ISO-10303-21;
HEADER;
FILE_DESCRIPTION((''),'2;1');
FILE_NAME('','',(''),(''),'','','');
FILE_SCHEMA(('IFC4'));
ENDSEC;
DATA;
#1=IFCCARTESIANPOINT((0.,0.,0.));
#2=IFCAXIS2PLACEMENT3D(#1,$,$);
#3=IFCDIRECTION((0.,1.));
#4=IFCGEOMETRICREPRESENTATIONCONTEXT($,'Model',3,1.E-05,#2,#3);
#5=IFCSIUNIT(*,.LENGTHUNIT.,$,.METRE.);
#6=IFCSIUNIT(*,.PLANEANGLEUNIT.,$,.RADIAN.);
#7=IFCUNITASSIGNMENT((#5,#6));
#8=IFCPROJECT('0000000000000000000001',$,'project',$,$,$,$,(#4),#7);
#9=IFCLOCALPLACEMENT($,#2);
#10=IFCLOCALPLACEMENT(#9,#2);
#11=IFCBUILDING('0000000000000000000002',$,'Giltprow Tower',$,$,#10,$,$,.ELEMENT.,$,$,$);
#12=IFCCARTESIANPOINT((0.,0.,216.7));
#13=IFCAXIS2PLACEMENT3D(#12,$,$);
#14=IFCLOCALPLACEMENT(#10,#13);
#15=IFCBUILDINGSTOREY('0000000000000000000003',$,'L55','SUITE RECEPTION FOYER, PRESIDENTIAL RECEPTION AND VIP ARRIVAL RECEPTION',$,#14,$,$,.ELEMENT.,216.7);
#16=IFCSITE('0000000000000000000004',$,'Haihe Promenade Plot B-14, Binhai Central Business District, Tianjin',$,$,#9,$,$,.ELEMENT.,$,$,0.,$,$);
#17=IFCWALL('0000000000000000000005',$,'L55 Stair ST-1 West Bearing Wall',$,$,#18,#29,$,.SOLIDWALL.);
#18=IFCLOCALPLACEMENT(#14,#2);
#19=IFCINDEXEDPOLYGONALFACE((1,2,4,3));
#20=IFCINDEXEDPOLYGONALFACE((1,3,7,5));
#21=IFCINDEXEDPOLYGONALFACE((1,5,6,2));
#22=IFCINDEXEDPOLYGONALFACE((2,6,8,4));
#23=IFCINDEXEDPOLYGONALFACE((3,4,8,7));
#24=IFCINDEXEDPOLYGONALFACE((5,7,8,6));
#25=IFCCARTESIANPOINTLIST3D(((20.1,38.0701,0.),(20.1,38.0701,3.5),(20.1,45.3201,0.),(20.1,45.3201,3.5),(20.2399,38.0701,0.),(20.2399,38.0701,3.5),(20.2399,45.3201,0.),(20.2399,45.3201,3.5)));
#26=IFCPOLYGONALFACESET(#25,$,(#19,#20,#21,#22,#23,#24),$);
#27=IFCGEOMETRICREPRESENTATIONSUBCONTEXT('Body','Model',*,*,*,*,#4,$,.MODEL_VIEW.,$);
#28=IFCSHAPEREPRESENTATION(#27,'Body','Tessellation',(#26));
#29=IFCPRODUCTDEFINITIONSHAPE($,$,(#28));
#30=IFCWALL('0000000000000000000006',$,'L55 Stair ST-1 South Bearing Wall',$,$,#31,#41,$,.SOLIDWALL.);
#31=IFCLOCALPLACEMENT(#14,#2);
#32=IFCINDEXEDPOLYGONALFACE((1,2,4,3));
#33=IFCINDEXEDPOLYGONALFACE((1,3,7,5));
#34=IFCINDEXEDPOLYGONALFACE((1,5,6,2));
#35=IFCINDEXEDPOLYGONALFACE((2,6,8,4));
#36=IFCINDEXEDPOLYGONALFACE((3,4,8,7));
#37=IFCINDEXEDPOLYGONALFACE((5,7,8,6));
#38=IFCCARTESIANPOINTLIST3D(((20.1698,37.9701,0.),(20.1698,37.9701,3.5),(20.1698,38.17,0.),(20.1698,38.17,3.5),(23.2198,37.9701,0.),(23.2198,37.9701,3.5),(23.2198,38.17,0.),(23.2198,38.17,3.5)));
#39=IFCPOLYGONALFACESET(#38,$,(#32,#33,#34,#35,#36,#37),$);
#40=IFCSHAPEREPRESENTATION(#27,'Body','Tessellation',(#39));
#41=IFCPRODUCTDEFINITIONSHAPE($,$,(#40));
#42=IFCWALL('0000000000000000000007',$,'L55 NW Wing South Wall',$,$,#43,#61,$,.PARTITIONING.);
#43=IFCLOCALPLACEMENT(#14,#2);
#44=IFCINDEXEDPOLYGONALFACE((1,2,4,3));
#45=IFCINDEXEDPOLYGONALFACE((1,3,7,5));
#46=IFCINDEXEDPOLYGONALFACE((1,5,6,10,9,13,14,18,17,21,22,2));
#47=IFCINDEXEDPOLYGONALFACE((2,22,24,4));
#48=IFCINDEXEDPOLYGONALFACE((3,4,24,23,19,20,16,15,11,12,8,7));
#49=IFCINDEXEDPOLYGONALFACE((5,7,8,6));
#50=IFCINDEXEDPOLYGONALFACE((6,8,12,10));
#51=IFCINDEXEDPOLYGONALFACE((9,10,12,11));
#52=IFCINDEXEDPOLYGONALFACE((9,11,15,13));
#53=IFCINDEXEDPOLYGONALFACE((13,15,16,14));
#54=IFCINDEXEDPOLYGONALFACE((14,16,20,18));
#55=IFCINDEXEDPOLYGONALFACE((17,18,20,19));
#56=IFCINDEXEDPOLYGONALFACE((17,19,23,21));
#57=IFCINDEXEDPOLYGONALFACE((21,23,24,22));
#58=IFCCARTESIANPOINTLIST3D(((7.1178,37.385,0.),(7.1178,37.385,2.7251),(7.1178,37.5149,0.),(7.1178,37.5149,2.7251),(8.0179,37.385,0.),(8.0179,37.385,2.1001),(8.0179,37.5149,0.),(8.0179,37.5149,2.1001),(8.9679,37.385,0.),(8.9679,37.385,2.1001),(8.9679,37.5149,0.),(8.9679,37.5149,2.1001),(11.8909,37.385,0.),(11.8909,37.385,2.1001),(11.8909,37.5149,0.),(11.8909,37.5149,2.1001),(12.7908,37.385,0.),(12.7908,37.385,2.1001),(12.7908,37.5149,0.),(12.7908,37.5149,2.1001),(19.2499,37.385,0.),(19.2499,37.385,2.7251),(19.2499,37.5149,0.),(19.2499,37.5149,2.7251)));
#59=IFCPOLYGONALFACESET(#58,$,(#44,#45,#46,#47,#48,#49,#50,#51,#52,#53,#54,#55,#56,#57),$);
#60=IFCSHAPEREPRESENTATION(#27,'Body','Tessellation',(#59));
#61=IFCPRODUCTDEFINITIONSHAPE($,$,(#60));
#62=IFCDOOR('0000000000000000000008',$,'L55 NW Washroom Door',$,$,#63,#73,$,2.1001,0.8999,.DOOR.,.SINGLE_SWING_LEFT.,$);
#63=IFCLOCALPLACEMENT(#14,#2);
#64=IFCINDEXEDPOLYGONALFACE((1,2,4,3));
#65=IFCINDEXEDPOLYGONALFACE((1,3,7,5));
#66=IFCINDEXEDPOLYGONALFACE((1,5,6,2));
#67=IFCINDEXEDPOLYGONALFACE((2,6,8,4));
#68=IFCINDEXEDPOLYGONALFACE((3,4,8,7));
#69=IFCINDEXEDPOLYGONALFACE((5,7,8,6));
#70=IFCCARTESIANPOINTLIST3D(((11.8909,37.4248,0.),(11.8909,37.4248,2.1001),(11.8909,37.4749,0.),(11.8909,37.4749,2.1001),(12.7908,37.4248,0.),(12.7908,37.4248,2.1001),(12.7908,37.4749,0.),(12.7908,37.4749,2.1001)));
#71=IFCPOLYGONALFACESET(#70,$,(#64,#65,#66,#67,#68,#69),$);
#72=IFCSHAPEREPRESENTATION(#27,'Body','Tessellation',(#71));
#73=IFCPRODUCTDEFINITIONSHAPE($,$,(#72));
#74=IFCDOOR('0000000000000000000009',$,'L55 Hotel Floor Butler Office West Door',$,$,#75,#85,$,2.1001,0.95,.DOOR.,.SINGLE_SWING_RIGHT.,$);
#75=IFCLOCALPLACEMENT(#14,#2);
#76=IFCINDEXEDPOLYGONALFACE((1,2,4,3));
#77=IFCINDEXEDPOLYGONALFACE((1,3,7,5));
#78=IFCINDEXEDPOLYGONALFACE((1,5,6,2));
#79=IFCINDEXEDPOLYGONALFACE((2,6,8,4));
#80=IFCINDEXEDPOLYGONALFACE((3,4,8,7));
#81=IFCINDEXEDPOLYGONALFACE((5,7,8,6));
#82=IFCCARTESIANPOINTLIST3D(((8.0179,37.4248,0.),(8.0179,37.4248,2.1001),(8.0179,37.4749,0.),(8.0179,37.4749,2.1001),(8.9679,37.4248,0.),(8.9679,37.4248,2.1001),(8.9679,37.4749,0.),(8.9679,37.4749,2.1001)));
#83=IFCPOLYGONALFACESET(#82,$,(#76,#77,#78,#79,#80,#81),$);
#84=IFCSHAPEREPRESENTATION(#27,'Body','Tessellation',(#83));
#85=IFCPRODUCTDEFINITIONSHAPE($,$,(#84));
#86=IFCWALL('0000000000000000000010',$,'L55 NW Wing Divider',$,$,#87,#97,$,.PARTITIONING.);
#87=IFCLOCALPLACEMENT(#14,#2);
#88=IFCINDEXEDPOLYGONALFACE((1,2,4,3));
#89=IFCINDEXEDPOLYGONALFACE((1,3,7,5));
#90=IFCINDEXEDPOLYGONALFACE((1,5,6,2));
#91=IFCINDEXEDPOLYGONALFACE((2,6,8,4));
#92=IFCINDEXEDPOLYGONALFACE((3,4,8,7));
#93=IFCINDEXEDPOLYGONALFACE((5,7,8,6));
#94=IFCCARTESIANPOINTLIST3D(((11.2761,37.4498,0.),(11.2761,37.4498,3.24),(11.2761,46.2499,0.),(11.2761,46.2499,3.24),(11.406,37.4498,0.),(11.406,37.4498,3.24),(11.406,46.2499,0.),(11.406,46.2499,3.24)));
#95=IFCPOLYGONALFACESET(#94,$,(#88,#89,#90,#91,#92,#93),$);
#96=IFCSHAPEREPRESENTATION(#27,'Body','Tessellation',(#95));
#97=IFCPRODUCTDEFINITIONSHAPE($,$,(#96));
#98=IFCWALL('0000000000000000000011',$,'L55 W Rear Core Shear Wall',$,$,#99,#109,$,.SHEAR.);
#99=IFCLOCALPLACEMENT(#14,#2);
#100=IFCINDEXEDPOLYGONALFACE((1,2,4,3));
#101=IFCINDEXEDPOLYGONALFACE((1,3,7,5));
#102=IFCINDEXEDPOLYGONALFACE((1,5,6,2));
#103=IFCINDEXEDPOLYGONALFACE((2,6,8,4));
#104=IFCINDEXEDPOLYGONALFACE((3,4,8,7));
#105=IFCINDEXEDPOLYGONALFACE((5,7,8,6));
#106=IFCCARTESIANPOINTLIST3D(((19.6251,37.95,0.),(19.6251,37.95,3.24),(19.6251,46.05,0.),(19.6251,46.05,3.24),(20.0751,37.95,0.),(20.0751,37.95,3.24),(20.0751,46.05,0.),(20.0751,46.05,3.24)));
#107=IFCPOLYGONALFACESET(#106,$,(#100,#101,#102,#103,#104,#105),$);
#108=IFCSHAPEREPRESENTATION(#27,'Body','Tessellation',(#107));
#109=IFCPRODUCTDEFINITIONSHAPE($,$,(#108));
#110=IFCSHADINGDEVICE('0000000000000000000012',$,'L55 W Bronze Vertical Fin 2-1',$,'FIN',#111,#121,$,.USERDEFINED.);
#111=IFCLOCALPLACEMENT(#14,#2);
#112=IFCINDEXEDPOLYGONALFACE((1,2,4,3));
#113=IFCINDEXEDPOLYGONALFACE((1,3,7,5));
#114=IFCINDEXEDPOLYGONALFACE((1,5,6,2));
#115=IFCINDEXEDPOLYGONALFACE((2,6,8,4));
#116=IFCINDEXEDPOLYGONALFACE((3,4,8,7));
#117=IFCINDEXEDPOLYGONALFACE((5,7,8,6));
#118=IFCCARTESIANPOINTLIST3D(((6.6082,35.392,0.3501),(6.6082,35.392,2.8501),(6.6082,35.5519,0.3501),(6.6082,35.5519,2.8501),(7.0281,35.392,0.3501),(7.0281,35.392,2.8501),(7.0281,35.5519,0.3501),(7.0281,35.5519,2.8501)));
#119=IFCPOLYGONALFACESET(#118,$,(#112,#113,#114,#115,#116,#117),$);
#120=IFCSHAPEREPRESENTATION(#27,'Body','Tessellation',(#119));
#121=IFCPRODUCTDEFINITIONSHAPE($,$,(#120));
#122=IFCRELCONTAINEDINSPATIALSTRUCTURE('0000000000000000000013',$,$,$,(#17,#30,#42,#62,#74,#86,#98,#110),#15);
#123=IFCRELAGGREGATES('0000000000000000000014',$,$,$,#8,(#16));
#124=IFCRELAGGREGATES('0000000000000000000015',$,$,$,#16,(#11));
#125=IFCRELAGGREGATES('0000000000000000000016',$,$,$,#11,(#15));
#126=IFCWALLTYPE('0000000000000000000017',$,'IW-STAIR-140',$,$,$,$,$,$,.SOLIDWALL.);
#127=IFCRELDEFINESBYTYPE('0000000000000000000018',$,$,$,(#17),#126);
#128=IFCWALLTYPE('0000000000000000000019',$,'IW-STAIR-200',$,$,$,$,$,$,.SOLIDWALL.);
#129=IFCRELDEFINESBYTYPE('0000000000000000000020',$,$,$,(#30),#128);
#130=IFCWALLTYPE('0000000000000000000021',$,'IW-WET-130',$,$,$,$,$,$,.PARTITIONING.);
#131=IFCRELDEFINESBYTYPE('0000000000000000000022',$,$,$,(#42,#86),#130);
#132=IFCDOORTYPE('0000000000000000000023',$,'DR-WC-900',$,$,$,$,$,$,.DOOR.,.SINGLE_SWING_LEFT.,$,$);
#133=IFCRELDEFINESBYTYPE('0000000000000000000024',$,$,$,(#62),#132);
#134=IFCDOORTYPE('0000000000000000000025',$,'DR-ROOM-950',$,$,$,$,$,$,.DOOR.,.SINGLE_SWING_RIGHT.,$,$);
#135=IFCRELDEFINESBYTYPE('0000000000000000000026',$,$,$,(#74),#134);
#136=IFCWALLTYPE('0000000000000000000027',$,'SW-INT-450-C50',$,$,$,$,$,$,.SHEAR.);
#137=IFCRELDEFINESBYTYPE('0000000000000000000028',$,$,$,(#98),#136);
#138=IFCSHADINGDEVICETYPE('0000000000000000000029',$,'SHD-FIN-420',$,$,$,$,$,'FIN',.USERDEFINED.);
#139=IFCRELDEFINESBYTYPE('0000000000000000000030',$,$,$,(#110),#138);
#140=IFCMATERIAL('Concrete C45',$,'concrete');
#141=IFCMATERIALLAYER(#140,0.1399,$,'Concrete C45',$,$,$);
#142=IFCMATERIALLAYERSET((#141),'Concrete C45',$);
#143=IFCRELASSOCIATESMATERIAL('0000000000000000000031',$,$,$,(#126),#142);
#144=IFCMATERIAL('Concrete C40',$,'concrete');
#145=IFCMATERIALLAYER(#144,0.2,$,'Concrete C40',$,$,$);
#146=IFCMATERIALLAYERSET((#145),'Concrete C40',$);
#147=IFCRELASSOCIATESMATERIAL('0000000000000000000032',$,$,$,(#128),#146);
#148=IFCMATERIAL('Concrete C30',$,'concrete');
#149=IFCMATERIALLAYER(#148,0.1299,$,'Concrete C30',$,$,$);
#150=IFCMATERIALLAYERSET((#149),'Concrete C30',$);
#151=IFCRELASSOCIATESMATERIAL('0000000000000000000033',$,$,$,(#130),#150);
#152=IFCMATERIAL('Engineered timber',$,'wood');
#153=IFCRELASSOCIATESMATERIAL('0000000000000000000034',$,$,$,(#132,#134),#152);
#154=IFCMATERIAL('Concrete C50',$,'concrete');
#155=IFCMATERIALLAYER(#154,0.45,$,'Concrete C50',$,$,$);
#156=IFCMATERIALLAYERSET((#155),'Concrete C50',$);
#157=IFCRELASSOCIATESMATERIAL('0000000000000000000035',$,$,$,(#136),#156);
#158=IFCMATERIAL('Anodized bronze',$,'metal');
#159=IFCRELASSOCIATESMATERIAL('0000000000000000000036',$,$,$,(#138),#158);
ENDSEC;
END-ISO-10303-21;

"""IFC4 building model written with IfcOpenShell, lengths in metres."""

from ifc_helpers import new_model, si_unit, direction, frame, frame_2d, origin, origin_2d, place, context, subcontext, project, spatial, rectangle, extrude, source, transform, mapped, material, layer, layer_set, type_object, element, fill, save


model = new_model("IFC4")

# Units and contexts
model_context = context("Model", 3, precision=1e-05, world=origin(), true_north=direction((0.0, 1.0)))
body_context = subcontext(model_context, "Body", "Model", "MODEL_VIEW")
ifc_project = project(units=[si_unit("LENGTHUNIT", "METRE"), si_unit("PLANEANGLEUNIT", "RADIAN")], contexts=[model_context])

# Site, building, storey
site_placement = place(None, origin())
site = spatial("IfcSite", under=ifc_project, at=site_placement, Name="Haihe Promenade Plot B-14, Binhai Central Business District, Tianjin", CompositionType="ELEMENT", RefElevation=0.0)
building_placement = place(site_placement, origin())
building = spatial("IfcBuilding", under=site, at=building_placement, Name="Giltprow Tower", CompositionType="ELEMENT")
storey_placement = place(building_placement, frame((0.0, 0.0, 216.7)))
storey = spatial("IfcBuildingStorey", under=building, at=storey_placement, Name="L55", Description="SUITE RECEPTION FOYER, PRESIDENTIAL RECEPTION AND VIP ARRIVAL RECEPTION", CompositionType="ELEMENT", Elevation=216.7)

# Shared definitions
ifc_material_1 = material(Name="Concrete C50", Category="concrete")

# Shared definitions
ifc_material_2 = material(Name="Engineered timber", Category="wood")

# Walls
ifc_material_3 = material(Name="Concrete C45", Category="concrete")
ifc_layer_1 = layer(ifc_material_3, 0.1399, Name="Concrete C45")
ifc_layer_set_1 = layer_set([ifc_layer_1], Name="Concrete C45")
wall_type_1 = type_object("IfcWallType", Name="IW-STAIR-140", PredefinedType="SOLIDWALL", material=ifc_layer_set_1)
wall_1_placement = place(storey_placement, frame((20.1699, 38.0701, 0.0), z_axis=(0.0, 0.0, 1.0), x_axis=(0.0, 1.0, 0.0)))
element("IfcWall", 1, at=wall_1_placement, inside=storey, type_object=wall_type_1, Name="L55 Stair ST-1 West Bearing Wall", PredefinedType="SOLIDWALL", context=body_context, shape_type="SweptSolid", body=[
    extrude(rectangle(XDim=7.25, YDim=0.1399, at=frame_2d((3.625, 0.0))), origin(), (0.0, 0.0, 1.0), 3.5),
])
ifc_material_4 = material(Name="Concrete C40", Category="concrete")
ifc_layer_2 = layer(ifc_material_4, 0.2, Name="Concrete C40")
ifc_layer_set_2 = layer_set([ifc_layer_2], Name="Concrete C40")
wall_type_2 = type_object("IfcWallType", Name="IW-STAIR-200", PredefinedType="SOLIDWALL", material=ifc_layer_set_2)
wall_2_placement = place(storey_placement, frame((20.1699, 38.0701, 0.0), z_axis=(0.0, 0.0, 1.0), x_axis=(1.0, 0.0, 0.0)))
element("IfcWall", 2, at=wall_2_placement, inside=storey, type_object=wall_type_2, Name="L55 Stair ST-1 South Bearing Wall", PredefinedType="SOLIDWALL", context=body_context, shape_type="SweptSolid", body=[
    extrude(rectangle(XDim=3.05, YDim=0.2, at=frame_2d((1.5249, 0.0))), origin(), (0.0, 0.0, 1.0), 3.5),
])

# Wall, openings, doors
ifc_material_5 = material(Name="Concrete C30", Category="concrete")
ifc_layer_3 = layer(ifc_material_5, 0.1299, Name="Concrete C30")
ifc_layer_set_3 = layer_set([ifc_layer_3], Name="Concrete C30")
wall_type_3 = type_object("IfcWallType", Name="IW-WET-130", PredefinedType="PARTITIONING", material=ifc_layer_set_3)
wall_3_placement = place(storey_placement, frame((7.1179, 37.45, 0.0), z_axis=(0.0, 0.0, 1.0), x_axis=(1.0, 0.0, 0.0)))
wall_3 = element("IfcWall", 3, at=wall_3_placement, inside=storey, type_object=wall_type_3, Name="L55 NW Wing South Wall", PredefinedType="PARTITIONING", context=body_context, shape_type="SweptSolid", body=[
    extrude(rectangle(XDim=12.1321, YDim=0.1299, at=frame_2d((6.0659, 0.0))), origin(), (0.0, 0.0, 1.0), 2.7251),
])
opening_1_placement = place(wall_3_placement, frame((0.8999, 0.0, 0.0)))
opening_1 = element("IfcOpeningElement", 4, at=opening_1_placement, cuts=wall_3, PredefinedType="OPENING", context=body_context, shape_type="SweptSolid", body=[
    extrude(rectangle(XDim=0.95, YDim=2.1001, at=frame_2d((0.4751, 1.05))), frame((0.0, 0.075, 0.0), z_axis=(0.0, -1.0, 0.0), x_axis=(1.0, 0.0, 0.0)), (0.0, 0.0, 1.0), 0.1499),
])
opening_2_placement = place(wall_3_placement, frame((4.7729, 0.0, 0.0)))
opening_2 = element("IfcOpeningElement", 5, at=opening_2_placement, cuts=wall_3, PredefinedType="OPENING", context=body_context, shape_type="SweptSolid", body=[
    extrude(rectangle(XDim=0.8999, YDim=2.1001, at=frame_2d((0.45, 1.05))), frame((0.0, 0.075, 0.0), z_axis=(0.0, -1.0, 0.0), x_axis=(1.0, 0.0, 0.0)), (0.0, 0.0, 1.0), 0.1499),
])
door_type_1 = type_object("IfcDoorType", Name="DR-WC-900", OperationType="SINGLE_SWING_LEFT", PredefinedType="DOOR", material=ifc_material_2)
shared_shape_1 = source(origin(), body_context, "Body", "SweptSolid", [
    extrude(rectangle(XDim=0.8999, YDim=2.1001, at=frame_2d((0.45, 1.05))), frame((0.0, 0.0249, 0.0), z_axis=(0.0, -1.0, 0.0), x_axis=(1.0, 0.0, 0.0)), (0.0, 0.0, 1.0), 0.05),
])
door_1_placement = place(opening_2_placement, origin())
door_1 = element("IfcDoor", 6, at=door_1_placement, inside=storey, type_object=door_type_1, Name="L55 NW Washroom Door", OperationType="SINGLE_SWING_LEFT", OverallHeight=2.1001, OverallWidth=0.8999, PredefinedType="DOOR", context=body_context, shape_type="MappedRepresentation", body=[
    mapped(shared_shape_1, transform((0.0, 0.0, 0.0), x_axis=(1.0, 0.0, 0.0), y_axis=(0.0, 1.0, 0.0), z_axis=(0.0, 0.0, 1.0), scale=1.0)),
])
fill(opening_2, door_1)
door_type_2 = type_object("IfcDoorType", Name="DR-ROOM-950", OperationType="SINGLE_SWING_RIGHT", PredefinedType="DOOR", material=ifc_material_2)
shared_shape_2 = source(origin(), body_context, "Body", "SweptSolid", [
    extrude(rectangle(XDim=0.95, YDim=2.1001, at=frame_2d((0.4751, 1.05))), frame((0.0, 0.0249, 0.0), z_axis=(0.0, -1.0, 0.0), x_axis=(1.0, 0.0, 0.0)), (0.0, 0.0, 1.0), 0.05),
])
door_2_placement = place(opening_1_placement, origin())
door_2 = element("IfcDoor", 7, at=door_2_placement, inside=storey, type_object=door_type_2, Name="L55 Hotel Floor Butler Office West Door", OperationType="SINGLE_SWING_RIGHT", OverallHeight=2.1001, OverallWidth=0.95, PredefinedType="DOOR", context=body_context, shape_type="MappedRepresentation", body=[
    mapped(shared_shape_2, transform((0.0, 0.0, 0.0), x_axis=(1.0, 0.0, 0.0), y_axis=(0.0, 1.0, 0.0), z_axis=(0.0, 0.0, 1.0), scale=1.0)),
])
fill(opening_1, door_2)

# Wall
wall_4_placement = place(storey_placement, frame((11.3411, 37.45, 0.0), z_axis=(0.0, 0.0, 1.0), x_axis=(0.0, 1.0, 0.0)))
element("IfcWall", 8, at=wall_4_placement, inside=storey, type_object=wall_type_3, Name="L55 NW Wing Divider", PredefinedType="PARTITIONING", context=body_context, shape_type="SweptSolid", body=[
    extrude(rectangle(XDim=8.8, YDim=0.1299, at=frame_2d((4.3999, 0.0))), origin(), (0.0, 0.0, 1.0), 3.24),
])

# Shared definitions
ifc_layer_4 = layer(ifc_material_1, 0.45, Name="Concrete C50")
ifc_layer_set_4 = layer_set([ifc_layer_4], Name="Concrete C50")
wall_type_4 = type_object("IfcWallType", Name="SW-INT-450-C50", PredefinedType="SHEAR", material=ifc_layer_set_4)

# Wall
wall_5_placement = place(storey_placement, frame((19.8501, 37.95, 0.0), z_axis=(0.0, 0.0, 1.0), x_axis=(0.0, 1.0, 0.0)))
element("IfcWall", 9, at=wall_5_placement, inside=storey, type_object=wall_type_4, Name="L55 W Rear Core Shear Wall", PredefinedType="SHEAR", context=body_context, shape_type="SweptSolid", body=[
    extrude(rectangle(XDim=8.1001, YDim=0.45, at=frame_2d((4.05, 0.0))), origin(), (0.0, 0.0, 1.0), 3.24),
])

# Shading device
ifc_material_6 = material(Name="Anodized bronze", Category="metal")
shading_device_type = type_object("IfcShadingDeviceType", Name="SHD-FIN-420", ElementType="FIN", PredefinedType="USERDEFINED", material=ifc_material_6)
shared_shape_3 = source(origin(), body_context, "Body", "SweptSolid", [
    extrude(rectangle(XDim=0.4199, YDim=0.1599, at=origin_2d()), origin(), (0.0, 0.0, 1.0), 2.5),
])
shading_device_placement = place(storey_placement, frame((6.8181, 35.4719, 0.3501), z_axis=(0.0, 0.0, 1.0), x_axis=(1.0, 0.0, 0.0)))
element("IfcShadingDevice", 10, at=shading_device_placement, inside=storey, type_object=shading_device_type, Name="L55 W Bronze Vertical Fin 2-1", ObjectType="FIN", PredefinedType="USERDEFINED", context=body_context, shape_type="MappedRepresentation", body=[
    mapped(shared_shape_3, transform((0.0, 0.0, 0.0), x_axis=(1.0, 0.0, 0.0), y_axis=(0.0, 1.0, 0.0), z_axis=(0.0, 0.0, 1.0), scale=1.0)),
])

save(model, "model.ifc")
